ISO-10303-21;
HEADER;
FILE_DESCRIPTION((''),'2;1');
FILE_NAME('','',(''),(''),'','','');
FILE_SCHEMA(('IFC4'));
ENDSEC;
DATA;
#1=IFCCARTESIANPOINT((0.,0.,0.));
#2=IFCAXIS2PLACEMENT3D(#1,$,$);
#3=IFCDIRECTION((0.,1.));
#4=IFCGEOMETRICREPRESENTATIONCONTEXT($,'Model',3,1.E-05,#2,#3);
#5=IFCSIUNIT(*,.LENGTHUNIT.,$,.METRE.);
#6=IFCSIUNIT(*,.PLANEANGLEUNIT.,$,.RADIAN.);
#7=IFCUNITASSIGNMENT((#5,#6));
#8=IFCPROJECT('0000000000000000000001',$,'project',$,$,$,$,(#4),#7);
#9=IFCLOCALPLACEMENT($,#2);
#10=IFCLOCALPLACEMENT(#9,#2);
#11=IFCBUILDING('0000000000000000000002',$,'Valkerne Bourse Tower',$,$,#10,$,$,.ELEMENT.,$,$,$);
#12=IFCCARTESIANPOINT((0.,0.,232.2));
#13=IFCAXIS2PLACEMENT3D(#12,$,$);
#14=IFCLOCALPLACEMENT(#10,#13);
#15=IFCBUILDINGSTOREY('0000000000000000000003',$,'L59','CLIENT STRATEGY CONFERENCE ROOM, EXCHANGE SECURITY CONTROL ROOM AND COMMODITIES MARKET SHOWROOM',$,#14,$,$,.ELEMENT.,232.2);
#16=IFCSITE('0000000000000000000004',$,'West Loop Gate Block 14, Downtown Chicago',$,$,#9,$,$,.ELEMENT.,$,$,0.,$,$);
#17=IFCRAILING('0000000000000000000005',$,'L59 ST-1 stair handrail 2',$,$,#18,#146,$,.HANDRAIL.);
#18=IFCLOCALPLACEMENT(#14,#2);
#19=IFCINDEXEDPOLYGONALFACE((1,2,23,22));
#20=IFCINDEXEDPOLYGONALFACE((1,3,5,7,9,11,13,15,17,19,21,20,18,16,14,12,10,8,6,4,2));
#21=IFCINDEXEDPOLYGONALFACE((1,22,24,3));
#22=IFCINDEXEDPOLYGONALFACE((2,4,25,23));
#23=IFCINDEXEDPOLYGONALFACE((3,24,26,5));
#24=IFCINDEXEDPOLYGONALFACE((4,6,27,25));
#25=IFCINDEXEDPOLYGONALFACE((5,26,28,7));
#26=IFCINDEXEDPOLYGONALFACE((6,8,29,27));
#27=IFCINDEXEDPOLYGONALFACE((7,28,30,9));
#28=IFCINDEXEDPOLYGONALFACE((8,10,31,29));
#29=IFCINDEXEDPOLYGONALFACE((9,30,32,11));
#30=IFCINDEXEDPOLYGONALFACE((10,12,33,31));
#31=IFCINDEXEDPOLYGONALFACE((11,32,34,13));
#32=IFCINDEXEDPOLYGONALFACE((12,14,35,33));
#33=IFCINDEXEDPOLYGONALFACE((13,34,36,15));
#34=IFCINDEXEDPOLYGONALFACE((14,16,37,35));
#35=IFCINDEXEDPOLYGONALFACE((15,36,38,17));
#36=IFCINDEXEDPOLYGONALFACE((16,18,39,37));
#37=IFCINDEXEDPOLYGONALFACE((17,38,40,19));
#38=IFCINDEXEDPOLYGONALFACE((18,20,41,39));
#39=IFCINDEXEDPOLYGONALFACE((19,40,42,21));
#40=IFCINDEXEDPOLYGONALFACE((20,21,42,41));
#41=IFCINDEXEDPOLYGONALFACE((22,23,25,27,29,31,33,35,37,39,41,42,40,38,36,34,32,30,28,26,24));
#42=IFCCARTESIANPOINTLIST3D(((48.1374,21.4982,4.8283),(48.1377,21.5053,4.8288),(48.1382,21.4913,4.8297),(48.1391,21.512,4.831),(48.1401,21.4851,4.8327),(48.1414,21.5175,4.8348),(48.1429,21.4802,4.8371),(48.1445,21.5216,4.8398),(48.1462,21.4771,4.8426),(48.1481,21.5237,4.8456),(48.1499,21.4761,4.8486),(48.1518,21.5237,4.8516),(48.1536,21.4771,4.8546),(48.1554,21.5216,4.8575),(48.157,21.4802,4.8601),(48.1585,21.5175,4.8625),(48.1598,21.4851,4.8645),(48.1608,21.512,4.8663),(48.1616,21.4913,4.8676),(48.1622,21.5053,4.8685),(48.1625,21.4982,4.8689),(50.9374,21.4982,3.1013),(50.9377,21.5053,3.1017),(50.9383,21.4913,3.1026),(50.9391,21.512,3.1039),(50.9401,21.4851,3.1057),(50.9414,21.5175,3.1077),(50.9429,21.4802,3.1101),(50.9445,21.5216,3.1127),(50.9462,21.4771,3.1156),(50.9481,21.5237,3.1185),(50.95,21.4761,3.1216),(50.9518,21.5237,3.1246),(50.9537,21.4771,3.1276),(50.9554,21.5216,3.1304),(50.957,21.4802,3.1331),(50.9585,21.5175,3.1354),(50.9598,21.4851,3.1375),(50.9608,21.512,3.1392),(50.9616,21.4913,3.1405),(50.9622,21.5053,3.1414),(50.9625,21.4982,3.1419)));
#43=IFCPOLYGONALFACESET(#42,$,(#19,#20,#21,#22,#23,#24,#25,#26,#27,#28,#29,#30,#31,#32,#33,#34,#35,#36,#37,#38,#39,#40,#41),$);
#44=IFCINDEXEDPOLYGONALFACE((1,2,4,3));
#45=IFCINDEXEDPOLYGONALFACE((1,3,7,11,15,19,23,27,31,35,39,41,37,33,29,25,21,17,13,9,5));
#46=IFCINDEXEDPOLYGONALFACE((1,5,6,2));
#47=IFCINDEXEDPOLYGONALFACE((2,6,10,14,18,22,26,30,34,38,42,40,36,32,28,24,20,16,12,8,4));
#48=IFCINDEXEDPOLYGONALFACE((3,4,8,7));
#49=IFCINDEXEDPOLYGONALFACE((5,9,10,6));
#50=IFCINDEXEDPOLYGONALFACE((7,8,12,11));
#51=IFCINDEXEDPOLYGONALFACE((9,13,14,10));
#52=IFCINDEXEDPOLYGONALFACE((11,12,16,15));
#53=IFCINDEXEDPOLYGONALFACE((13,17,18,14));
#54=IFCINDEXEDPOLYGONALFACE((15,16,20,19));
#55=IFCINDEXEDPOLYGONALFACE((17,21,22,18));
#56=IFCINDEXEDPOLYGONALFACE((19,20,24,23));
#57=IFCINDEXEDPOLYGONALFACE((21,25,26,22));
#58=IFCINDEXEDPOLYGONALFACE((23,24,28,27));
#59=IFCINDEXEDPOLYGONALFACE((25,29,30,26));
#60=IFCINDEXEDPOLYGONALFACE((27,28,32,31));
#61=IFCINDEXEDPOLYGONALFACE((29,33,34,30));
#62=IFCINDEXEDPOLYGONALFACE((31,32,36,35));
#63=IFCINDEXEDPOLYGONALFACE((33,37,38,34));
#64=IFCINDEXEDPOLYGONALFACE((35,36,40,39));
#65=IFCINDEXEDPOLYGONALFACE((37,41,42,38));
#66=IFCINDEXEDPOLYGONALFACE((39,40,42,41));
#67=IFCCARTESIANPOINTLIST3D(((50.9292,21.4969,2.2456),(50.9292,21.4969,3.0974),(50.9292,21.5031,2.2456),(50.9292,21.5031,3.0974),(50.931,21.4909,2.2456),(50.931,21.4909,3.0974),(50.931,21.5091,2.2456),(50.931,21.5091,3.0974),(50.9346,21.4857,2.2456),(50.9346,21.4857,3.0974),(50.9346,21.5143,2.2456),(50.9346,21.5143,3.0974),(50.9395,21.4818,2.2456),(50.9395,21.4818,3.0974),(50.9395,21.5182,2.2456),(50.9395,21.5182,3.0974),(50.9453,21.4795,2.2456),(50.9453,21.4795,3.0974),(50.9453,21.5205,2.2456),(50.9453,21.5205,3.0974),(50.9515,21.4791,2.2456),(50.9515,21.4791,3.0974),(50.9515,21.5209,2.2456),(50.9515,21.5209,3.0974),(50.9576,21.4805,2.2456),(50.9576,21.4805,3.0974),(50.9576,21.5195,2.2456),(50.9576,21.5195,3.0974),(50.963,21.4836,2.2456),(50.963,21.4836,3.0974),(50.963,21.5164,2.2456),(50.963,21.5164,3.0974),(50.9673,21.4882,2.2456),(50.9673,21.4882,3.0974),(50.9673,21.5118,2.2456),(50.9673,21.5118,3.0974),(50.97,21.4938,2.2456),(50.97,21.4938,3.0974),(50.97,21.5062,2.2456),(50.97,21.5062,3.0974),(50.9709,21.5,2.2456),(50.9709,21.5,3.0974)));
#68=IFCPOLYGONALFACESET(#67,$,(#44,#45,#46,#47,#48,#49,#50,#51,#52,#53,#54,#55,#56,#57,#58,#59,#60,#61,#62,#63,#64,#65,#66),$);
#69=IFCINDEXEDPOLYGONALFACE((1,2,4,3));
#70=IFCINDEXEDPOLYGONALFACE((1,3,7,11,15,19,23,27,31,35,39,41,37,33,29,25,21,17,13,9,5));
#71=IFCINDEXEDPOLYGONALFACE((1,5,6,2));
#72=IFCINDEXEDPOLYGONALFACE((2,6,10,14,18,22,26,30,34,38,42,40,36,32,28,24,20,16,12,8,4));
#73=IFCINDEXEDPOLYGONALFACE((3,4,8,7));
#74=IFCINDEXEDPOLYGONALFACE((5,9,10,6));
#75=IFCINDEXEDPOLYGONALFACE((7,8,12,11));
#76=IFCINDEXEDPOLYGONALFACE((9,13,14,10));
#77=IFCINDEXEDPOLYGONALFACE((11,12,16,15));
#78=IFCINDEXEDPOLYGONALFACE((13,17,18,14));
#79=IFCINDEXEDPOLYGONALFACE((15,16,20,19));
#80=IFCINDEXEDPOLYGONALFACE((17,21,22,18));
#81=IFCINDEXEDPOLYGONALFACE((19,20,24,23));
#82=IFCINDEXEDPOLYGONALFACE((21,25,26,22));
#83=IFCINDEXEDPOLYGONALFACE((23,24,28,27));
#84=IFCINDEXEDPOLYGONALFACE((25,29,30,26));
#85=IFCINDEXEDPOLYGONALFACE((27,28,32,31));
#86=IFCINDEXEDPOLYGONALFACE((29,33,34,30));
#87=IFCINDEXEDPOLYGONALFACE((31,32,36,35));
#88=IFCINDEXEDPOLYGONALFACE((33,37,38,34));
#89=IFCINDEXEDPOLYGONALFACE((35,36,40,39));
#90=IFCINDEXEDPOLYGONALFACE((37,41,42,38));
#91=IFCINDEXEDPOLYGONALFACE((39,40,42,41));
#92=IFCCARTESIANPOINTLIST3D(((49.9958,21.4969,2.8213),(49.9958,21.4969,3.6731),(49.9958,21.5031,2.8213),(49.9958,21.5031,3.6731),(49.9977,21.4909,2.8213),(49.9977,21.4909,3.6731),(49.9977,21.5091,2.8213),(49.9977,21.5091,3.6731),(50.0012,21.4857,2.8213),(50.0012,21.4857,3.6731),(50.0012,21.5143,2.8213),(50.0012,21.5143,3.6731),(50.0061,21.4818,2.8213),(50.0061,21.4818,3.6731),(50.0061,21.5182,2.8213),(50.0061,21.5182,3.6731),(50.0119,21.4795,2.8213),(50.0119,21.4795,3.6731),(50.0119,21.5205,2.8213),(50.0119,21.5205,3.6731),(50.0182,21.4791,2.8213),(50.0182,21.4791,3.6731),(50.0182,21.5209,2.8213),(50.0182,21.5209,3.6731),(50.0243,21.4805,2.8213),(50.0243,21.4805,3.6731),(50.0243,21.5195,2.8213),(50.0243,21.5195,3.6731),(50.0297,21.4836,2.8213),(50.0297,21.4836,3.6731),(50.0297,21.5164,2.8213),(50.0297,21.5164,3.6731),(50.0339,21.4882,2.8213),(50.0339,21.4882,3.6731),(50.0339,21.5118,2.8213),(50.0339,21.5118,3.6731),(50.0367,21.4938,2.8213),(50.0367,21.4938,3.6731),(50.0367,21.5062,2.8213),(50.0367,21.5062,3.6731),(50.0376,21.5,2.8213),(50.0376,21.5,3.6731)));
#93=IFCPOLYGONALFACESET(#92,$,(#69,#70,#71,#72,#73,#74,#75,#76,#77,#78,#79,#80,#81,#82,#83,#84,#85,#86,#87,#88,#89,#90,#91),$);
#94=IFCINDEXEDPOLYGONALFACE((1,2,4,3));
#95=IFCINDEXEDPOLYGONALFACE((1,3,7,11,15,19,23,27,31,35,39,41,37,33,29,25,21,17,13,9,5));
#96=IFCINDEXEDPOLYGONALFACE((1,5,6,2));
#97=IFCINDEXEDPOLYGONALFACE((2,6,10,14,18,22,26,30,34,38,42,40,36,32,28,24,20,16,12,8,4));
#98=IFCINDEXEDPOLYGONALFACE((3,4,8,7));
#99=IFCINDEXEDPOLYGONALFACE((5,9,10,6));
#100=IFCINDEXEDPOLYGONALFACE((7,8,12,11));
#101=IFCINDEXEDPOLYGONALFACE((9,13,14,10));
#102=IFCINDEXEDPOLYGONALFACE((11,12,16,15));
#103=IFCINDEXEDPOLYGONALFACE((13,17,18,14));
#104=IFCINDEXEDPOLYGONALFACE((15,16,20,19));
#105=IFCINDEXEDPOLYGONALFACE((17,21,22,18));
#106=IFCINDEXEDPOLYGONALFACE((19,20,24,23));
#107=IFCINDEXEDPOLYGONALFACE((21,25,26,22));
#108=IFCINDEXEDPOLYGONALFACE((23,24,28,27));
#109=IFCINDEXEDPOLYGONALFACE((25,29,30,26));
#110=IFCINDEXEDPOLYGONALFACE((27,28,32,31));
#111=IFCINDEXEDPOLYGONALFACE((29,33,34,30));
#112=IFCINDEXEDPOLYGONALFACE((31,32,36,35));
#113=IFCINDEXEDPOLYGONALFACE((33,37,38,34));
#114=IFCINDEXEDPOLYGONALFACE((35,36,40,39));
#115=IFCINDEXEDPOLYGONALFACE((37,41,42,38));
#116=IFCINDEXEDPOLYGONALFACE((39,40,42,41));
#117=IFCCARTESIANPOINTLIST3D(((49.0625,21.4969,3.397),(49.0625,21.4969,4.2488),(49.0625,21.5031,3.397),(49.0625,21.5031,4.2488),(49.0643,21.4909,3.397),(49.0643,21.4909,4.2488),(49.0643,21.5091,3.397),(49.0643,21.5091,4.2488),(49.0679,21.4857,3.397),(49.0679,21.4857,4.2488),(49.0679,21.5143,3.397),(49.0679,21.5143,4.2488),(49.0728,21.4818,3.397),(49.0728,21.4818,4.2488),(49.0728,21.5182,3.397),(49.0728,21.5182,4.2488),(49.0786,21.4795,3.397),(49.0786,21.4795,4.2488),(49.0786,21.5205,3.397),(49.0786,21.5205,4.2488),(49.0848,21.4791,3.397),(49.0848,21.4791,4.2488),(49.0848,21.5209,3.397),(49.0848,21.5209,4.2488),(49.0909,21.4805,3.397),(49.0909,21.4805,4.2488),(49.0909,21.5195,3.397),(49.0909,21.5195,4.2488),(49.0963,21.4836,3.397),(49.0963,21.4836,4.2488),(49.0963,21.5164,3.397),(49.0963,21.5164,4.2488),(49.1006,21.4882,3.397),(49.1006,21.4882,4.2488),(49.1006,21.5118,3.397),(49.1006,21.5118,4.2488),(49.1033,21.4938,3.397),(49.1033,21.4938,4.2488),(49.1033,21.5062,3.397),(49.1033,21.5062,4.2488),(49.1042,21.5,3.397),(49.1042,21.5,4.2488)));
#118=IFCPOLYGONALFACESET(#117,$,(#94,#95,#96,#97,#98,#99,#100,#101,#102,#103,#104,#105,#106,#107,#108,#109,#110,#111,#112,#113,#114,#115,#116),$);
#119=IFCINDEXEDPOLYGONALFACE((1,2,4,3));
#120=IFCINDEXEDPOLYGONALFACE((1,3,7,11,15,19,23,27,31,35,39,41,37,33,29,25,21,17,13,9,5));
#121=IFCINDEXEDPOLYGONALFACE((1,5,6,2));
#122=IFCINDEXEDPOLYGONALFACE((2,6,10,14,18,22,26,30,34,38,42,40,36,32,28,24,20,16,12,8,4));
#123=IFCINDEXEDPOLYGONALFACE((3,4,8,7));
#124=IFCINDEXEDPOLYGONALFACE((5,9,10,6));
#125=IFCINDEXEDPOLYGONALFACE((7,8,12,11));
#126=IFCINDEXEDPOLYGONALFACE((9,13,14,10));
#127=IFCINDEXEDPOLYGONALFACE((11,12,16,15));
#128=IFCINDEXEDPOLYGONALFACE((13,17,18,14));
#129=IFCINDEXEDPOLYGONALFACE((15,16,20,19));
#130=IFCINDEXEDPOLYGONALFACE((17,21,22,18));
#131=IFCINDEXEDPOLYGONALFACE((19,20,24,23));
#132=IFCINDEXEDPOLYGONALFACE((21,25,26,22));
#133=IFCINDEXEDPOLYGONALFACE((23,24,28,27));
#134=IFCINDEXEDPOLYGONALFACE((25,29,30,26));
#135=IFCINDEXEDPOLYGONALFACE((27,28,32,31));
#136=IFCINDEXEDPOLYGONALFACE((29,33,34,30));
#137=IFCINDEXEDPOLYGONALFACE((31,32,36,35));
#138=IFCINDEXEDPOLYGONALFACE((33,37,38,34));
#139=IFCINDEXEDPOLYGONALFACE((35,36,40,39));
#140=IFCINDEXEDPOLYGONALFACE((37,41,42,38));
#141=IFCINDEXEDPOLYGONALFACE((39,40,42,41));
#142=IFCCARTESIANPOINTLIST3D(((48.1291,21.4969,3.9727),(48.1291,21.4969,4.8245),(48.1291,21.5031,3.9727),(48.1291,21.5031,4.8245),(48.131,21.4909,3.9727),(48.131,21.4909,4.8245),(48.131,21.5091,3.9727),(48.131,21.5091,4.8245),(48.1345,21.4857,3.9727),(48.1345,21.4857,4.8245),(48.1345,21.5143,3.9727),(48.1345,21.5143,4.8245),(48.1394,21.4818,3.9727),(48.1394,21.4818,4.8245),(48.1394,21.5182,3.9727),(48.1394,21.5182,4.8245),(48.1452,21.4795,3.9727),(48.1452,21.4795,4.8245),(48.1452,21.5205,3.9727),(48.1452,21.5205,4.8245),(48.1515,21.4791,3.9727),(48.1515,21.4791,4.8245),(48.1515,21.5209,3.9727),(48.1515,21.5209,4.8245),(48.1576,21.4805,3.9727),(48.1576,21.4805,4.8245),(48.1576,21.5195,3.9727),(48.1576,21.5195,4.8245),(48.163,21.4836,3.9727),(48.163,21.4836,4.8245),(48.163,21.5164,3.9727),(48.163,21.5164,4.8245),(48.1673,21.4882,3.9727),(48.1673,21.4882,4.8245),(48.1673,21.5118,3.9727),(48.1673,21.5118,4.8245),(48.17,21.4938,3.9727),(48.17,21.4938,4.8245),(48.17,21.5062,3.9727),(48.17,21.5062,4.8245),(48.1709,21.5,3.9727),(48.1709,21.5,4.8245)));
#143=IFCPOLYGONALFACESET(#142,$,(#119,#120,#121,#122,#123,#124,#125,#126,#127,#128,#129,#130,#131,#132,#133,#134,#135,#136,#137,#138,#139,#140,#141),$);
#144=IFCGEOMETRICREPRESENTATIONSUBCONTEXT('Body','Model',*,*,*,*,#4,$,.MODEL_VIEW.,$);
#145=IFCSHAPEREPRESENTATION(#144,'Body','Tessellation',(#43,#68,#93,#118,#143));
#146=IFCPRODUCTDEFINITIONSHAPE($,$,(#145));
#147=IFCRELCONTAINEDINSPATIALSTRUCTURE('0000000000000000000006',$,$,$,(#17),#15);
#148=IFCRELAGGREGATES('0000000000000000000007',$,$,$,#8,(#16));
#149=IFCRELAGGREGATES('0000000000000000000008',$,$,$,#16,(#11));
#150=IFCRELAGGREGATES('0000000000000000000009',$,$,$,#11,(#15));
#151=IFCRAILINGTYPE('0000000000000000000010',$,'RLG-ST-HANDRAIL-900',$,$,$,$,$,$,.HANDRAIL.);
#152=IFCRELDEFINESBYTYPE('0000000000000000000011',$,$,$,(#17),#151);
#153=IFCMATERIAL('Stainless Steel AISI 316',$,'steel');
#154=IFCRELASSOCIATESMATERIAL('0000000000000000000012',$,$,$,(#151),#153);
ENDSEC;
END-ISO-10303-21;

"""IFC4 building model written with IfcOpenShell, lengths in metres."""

from ifc_helpers import new_model, si_unit, direction, frame, origin, origin_2d, place, context, subcontext, project, spatial, circle, extrude, material, type_object, element, save


model = new_model("IFC4")

# Units and contexts
model_context = context("Model", 3, precision=1e-05, world=origin(), true_north=direction((0.0, 1.0)))
body_context = subcontext(model_context, "Body", "Model", "MODEL_VIEW")
ifc_project = project(units=[si_unit("LENGTHUNIT", "METRE"), si_unit("PLANEANGLEUNIT", "RADIAN")], contexts=[model_context])

# Site, building, storey
site_placement = place(None, origin())
site = spatial("IfcSite", under=ifc_project, at=site_placement, Name="West Loop Gate Block 14, Downtown Chicago", CompositionType="ELEMENT", RefElevation=0.0)
building_placement = place(site_placement, origin())
building = spatial("IfcBuilding", under=site, at=building_placement, Name="Valkerne Bourse Tower", CompositionType="ELEMENT")
storey_placement = place(building_placement, frame((0.0, 0.0, 232.2)))
storey = spatial("IfcBuildingStorey", under=building, at=storey_placement, Name="L59", Description="CLIENT STRATEGY CONFERENCE ROOM, EXCHANGE SECURITY CONTROL ROOM AND COMMODITIES MARKET SHOWROOM", CompositionType="ELEMENT", Elevation=232.2)

# Shared definitions
ifc_material_1 = material(Name="Stainless Steel AISI 316", Category="steel")

# Railing
railing_type_1 = type_object("IfcRailingType", Name="RLG-ST-HANDRAIL-900", PredefinedType="HANDRAIL", material=ifc_material_1)
railing_1_placement = place(storey_placement, frame((50.95, 21.5, 2.2456)))
element("IfcRailing", 1, at=railing_1_placement, inside=storey, type_object=railing_type_1, Name="L59 ST-1 stair handrail 2", PredefinedType="HANDRAIL", context=body_context, shape_type="SweptSolid", body=[
    extrude(circle(Radius=0.0239, at=origin_2d()), frame((0.0, 0.0, 0.876), z_axis=(-0.851123, 0.0, 0.524967), x_axis=(0.0, -1.0, 0.0)), (0.0, 0.0, 1.0), 3.2898),
    extrude(circle(Radius=0.021, at=origin_2d()), origin(), (0.0, 0.0, 1.0), 0.8518),
    extrude(circle(Radius=0.021, at=origin_2d()), frame((-0.9333, 0.0, 0.5757)), (0.0, 0.0, 1.0), 0.8518),
    extrude(circle(Radius=0.021, at=origin_2d()), frame((-1.8667, 0.0, 1.1514)), (0.0, 0.0, 1.0), 0.8518),
    extrude(circle(Radius=0.021, at=origin_2d()), frame((-2.8, 0.0, 1.7271)), (0.0, 0.0, 1.0), 0.8518),
])

save(model, "model.ifc")
